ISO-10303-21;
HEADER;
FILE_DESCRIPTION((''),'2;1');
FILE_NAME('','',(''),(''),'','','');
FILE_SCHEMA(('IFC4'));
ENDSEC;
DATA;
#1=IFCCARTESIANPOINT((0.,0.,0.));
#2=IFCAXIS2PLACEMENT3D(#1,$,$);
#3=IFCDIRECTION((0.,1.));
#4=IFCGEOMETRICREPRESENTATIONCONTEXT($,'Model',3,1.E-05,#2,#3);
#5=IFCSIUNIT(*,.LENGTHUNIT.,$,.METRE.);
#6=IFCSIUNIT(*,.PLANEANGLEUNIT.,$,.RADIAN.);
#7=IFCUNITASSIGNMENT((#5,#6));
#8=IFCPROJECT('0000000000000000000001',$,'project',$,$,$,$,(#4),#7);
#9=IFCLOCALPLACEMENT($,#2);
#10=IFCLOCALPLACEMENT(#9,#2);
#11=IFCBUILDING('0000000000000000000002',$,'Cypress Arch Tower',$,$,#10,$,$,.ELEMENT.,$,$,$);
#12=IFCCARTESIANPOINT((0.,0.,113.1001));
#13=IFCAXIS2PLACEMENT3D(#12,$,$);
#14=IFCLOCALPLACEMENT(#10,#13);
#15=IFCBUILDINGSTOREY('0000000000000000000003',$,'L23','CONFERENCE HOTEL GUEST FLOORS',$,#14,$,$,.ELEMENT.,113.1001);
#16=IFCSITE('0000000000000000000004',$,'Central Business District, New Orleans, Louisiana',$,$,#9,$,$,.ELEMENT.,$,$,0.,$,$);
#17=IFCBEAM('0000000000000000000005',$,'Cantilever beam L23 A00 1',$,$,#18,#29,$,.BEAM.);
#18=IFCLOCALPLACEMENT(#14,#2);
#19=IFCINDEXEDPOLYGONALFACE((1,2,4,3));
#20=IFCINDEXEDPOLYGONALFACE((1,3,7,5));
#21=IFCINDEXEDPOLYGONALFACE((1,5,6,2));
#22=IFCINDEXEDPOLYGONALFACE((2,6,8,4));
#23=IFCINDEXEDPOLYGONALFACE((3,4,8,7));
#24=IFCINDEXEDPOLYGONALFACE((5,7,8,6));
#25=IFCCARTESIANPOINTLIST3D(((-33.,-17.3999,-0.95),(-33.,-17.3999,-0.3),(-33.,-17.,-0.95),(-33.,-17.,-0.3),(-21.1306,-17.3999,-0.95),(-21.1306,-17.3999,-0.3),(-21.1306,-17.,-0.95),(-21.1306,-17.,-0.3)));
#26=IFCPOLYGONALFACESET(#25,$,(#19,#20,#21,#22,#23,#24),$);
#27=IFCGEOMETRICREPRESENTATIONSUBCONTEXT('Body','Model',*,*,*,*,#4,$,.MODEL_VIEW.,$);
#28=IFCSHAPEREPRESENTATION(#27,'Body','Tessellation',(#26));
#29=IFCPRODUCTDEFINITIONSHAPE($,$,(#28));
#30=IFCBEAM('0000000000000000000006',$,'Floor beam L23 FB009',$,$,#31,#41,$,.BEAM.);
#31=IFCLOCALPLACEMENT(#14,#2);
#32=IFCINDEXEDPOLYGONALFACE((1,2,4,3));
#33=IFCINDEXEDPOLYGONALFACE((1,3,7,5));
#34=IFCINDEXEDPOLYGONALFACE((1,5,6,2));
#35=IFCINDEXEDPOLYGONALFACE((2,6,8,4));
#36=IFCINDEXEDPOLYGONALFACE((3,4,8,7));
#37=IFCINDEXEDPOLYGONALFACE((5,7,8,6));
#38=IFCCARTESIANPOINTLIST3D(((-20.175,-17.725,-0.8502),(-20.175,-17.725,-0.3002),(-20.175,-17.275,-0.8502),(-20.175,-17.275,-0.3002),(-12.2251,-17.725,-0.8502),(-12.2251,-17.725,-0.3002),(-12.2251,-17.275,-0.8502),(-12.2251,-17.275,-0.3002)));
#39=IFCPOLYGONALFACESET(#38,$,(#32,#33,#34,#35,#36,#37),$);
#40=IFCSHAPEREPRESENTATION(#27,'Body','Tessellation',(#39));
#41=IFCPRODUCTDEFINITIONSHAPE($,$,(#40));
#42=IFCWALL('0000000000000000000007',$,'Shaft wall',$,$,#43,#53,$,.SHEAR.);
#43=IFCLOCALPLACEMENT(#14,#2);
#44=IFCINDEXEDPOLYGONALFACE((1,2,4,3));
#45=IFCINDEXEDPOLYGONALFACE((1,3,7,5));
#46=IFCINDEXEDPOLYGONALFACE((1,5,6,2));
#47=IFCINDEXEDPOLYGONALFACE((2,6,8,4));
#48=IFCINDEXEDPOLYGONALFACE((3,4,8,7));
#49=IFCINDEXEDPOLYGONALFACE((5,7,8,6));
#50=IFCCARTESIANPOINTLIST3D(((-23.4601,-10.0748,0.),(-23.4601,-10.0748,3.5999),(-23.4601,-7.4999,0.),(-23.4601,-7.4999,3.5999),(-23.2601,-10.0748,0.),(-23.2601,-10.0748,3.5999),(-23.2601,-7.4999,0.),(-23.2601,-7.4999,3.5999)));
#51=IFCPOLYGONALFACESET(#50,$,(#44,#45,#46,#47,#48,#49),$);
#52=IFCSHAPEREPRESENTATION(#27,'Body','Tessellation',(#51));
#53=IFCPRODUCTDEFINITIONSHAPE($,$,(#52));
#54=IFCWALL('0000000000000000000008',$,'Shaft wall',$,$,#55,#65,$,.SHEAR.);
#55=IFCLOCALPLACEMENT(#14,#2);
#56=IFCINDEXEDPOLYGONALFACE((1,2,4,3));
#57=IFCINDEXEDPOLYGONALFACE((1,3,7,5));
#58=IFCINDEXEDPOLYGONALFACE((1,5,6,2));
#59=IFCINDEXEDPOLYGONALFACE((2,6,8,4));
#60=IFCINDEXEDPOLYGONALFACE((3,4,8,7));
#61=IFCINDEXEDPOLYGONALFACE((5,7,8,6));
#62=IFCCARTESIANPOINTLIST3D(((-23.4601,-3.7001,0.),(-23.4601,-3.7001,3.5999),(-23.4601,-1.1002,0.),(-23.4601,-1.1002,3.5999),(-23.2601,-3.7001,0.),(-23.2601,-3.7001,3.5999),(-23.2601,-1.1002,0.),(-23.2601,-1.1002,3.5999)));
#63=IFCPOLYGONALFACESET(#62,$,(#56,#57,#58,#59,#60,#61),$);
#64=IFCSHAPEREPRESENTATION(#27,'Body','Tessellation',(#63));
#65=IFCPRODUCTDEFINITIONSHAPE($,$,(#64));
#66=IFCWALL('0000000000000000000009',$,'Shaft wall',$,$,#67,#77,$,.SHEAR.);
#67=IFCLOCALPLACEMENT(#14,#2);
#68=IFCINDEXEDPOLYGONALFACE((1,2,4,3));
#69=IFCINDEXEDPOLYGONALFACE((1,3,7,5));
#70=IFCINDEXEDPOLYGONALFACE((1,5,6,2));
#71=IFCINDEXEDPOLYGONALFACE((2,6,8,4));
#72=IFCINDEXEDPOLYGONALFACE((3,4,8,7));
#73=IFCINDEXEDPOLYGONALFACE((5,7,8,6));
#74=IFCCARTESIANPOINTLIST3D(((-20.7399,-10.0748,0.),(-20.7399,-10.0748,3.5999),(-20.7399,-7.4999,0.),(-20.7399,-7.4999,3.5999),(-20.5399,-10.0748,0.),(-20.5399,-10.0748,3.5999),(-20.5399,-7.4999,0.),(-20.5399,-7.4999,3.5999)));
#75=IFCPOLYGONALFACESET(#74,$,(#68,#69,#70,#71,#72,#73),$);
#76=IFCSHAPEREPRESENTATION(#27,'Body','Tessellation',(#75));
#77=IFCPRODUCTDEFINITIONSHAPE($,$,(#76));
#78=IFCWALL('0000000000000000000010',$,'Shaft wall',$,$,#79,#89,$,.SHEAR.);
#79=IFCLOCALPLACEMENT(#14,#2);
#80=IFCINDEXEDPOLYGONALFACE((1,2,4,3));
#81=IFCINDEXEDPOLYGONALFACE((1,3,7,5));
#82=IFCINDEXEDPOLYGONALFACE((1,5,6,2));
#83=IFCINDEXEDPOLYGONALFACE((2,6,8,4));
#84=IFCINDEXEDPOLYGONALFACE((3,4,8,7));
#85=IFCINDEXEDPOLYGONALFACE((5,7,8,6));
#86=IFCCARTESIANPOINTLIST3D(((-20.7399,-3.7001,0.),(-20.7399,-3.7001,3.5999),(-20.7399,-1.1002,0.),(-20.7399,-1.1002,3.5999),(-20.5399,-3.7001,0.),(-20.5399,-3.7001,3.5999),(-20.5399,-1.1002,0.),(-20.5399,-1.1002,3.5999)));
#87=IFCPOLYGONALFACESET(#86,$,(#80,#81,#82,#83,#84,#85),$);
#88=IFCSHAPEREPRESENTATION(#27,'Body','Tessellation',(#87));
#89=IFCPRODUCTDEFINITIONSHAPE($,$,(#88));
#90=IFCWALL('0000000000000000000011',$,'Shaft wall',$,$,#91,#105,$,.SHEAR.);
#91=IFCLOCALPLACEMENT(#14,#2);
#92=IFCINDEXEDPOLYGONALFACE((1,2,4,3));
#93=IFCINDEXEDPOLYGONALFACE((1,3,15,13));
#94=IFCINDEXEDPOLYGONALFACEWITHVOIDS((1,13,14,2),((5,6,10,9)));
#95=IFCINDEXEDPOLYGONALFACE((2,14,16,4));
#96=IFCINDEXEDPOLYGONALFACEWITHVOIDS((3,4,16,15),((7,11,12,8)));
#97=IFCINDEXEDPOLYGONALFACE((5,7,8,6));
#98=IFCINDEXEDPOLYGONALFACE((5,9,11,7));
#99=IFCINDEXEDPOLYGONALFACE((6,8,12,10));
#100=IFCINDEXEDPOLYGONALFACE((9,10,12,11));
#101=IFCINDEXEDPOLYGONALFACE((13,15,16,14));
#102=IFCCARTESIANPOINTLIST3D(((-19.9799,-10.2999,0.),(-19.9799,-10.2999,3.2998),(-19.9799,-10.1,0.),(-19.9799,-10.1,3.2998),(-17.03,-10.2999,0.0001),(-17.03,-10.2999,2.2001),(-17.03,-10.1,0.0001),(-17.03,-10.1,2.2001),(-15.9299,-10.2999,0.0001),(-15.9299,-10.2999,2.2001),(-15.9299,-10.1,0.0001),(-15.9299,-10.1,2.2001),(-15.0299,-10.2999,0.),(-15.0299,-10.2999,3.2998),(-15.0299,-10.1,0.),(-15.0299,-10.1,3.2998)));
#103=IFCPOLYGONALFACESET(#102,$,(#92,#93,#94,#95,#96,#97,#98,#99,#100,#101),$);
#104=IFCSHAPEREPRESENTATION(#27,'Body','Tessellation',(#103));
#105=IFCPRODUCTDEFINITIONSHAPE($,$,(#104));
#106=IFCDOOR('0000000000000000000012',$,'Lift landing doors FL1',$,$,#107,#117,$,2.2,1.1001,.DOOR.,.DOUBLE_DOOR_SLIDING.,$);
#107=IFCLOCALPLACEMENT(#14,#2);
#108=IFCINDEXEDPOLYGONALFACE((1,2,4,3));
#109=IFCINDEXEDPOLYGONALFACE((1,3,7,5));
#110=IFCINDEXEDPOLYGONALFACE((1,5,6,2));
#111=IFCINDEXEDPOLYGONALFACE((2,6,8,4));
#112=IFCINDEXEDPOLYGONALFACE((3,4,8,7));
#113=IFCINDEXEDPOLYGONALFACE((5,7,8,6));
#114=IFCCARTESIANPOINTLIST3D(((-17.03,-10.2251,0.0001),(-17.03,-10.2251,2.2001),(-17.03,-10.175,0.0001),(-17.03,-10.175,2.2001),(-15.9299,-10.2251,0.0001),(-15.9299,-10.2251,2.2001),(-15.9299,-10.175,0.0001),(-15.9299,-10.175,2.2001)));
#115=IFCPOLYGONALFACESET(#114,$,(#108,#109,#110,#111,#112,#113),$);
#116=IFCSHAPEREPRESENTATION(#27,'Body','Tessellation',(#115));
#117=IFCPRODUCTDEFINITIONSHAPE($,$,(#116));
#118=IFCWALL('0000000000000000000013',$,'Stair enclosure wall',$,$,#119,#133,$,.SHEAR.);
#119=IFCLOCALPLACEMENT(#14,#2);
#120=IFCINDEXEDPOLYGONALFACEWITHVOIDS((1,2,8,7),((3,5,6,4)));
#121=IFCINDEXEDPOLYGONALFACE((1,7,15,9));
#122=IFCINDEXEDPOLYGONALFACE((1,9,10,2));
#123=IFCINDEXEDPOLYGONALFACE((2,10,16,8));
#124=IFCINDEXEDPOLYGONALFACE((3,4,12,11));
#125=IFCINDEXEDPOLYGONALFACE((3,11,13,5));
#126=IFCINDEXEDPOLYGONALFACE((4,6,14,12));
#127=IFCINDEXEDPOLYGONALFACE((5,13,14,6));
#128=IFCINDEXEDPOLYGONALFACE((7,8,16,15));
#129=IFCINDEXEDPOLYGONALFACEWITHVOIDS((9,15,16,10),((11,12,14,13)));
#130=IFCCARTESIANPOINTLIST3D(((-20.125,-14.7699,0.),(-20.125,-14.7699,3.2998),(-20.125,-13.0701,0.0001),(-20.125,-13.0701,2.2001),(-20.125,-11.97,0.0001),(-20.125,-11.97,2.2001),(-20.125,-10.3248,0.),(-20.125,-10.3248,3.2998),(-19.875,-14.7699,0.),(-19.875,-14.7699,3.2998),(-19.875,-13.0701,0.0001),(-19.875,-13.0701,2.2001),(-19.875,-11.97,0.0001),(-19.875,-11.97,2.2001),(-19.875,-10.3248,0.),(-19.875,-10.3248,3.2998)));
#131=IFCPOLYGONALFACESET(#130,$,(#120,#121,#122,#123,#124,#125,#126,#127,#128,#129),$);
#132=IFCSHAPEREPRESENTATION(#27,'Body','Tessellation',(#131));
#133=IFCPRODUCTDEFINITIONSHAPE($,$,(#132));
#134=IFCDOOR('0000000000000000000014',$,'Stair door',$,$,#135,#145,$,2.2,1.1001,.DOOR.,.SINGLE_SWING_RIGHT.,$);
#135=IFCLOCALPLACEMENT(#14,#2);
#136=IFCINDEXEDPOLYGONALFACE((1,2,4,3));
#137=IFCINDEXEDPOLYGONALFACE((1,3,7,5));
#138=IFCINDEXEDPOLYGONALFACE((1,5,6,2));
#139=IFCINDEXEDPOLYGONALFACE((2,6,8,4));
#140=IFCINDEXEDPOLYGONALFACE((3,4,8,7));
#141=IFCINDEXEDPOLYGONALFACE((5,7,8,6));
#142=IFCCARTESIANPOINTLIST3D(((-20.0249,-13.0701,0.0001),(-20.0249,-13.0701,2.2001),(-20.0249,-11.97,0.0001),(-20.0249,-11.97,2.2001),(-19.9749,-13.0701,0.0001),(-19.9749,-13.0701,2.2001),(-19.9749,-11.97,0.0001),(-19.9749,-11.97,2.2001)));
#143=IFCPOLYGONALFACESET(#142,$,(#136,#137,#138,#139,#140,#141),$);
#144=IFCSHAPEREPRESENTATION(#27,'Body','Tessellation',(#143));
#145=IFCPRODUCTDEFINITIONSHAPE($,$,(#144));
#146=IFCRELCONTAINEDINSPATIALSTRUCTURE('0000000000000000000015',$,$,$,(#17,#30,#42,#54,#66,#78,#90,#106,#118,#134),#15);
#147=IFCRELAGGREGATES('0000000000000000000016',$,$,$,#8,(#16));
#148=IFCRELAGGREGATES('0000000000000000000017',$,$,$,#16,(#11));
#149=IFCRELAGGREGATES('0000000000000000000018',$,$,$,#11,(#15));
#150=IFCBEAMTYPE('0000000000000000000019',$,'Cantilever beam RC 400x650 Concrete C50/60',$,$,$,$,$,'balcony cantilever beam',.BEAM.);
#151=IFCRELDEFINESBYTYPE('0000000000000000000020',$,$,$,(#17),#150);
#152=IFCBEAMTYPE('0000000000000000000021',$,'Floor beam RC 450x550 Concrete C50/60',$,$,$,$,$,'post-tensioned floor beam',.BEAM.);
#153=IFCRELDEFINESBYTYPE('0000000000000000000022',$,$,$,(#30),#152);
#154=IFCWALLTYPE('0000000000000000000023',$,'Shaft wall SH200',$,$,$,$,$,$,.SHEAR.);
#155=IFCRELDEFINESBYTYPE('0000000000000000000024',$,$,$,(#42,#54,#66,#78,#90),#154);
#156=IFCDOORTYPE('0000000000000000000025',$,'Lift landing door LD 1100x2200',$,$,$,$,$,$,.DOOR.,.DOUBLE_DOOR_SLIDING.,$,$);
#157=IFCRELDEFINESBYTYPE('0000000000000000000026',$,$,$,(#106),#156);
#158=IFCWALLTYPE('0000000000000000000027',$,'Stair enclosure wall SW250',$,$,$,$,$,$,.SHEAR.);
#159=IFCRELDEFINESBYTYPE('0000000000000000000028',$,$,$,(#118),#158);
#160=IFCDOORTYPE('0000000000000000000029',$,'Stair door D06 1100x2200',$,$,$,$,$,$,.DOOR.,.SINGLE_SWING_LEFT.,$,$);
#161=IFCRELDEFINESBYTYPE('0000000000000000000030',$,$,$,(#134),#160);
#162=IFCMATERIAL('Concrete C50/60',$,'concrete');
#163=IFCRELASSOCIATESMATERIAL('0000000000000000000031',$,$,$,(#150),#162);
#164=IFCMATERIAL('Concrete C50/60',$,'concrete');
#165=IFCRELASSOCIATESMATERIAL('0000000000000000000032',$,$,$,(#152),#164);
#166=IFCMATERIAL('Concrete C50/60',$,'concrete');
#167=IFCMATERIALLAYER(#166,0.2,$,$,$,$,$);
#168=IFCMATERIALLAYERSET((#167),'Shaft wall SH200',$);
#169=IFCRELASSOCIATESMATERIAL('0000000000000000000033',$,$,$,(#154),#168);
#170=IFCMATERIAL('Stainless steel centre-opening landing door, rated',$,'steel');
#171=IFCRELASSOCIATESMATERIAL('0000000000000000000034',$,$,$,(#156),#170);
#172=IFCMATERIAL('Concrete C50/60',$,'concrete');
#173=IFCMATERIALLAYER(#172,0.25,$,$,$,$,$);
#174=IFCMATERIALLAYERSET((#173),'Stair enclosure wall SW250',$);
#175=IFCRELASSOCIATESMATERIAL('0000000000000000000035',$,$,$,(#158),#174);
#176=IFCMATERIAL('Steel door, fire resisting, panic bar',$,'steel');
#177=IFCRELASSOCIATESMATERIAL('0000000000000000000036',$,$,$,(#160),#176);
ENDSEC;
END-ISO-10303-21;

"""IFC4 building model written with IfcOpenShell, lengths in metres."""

from ifc_helpers import new_model, si_unit, direction, frame, frame_2d, origin, origin_2d, place, context, subcontext, project, spatial, rectangle, extrude, material, layer, layer_set, material_profile, profile_set, type_object, element, fill, save


model = new_model("IFC4")

# Units and contexts
model_context = context("Model", 3, precision=1e-05, world=origin(), true_north=direction((0.0, 1.0)))
body_context = subcontext(model_context, "Body", "Model", "MODEL_VIEW")
ifc_project = project(units=[si_unit("LENGTHUNIT", "METRE"), si_unit("PLANEANGLEUNIT", "RADIAN")], contexts=[model_context])

# Site, building, storey
site_placement = place(None, origin())
site = spatial("IfcSite", under=ifc_project, at=site_placement, Name="Central Business District, New Orleans, Louisiana", CompositionType="ELEMENT", RefElevation=0.0)
building_placement = place(site_placement, origin())
building = spatial("IfcBuilding", under=site, at=building_placement, Name="Cypress Arch Tower", CompositionType="ELEMENT")
storey_placement = place(building_placement, frame((0.0, 0.0, 113.1001)))
storey = spatial("IfcBuildingStorey", under=building, at=storey_placement, Name="L23", Description="CONFERENCE HOTEL GUEST FLOORS", CompositionType="ELEMENT", Elevation=113.1001)

# Beams
ifc_material_1 = material(Name="Concrete C50/60", Category="concrete")
ifc_material_profile_1 = material_profile(ifc_material_1, rectangle(XDim=0.3999, YDim=0.6499, at=origin_2d()), Name="RC 400x650")
ifc_profile_set_1 = profile_set([ifc_material_profile_1], Name="Concrete C50/60")
beam_type_1 = type_object("IfcBeamType", Name="Cantilever beam RC 400x650 Concrete C50/60", ElementType="balcony cantilever beam", PredefinedType="BEAM", material=ifc_profile_set_1)
beam_1_placement = place(storey_placement, frame((-21.1306, -17.2, -0.625), z_axis=(-1.0, 0.0, 0.0), x_axis=(0.0, -1.0, 0.0)))
element("IfcBeam", 1, at=beam_1_placement, inside=storey, type_object=beam_type_1, Name="Cantilever beam L23 A00 1", PredefinedType="BEAM", context=body_context, shape_type="SweptSolid", body=[
    extrude(rectangle(XDim=0.3999, YDim=0.6499, at=origin_2d()), origin(), (0.0, 0.0, 1.0), 11.8694),
])
ifc_material_2 = material(Name="Concrete C50/60", Category="concrete")
ifc_material_profile_2 = material_profile(ifc_material_2, rectangle(XDim=0.45, YDim=0.55, at=origin_2d()), Name="RC 450x550")
ifc_profile_set_2 = profile_set([ifc_material_profile_2], Name="Concrete C50/60")
beam_type_2 = type_object("IfcBeamType", Name="Floor beam RC 450x550 Concrete C50/60", ElementType="post-tensioned floor beam", PredefinedType="BEAM", material=ifc_profile_set_2)
beam_2_placement = place(storey_placement, frame((-20.175, -17.5, -0.5752), z_axis=(1.0, 0.0, 0.0), x_axis=(0.0, 1.0, 0.0)))
element("IfcBeam", 2, at=beam_2_placement, inside=storey, type_object=beam_type_2, Name="Floor beam L23 FB009", PredefinedType="BEAM", context=body_context, shape_type="SweptSolid", body=[
    extrude(rectangle(XDim=0.45, YDim=0.55, at=origin_2d()), origin(), (0.0, 0.0, 1.0), 7.95),
])

# Walls
ifc_material_3 = material(Name="Concrete C50/60", Category="concrete")
ifc_layer_1 = layer(ifc_material_3, 0.2)
ifc_layer_set_1 = layer_set([ifc_layer_1], Name="Shaft wall SH200")
wall_type_1 = type_object("IfcWallType", Name="Shaft wall SH200", PredefinedType="SHEAR", material=ifc_layer_set_1)
wall_1_placement = place(storey_placement, frame((-23.3601, -10.075, 0.0), z_axis=(0.0, 0.0, 1.0), x_axis=(0.0, 1.0, 0.0)))
element("IfcWall", 3, at=wall_1_placement, inside=storey, type_object=wall_type_1, Name="Shaft wall", PredefinedType="SHEAR", context=body_context, shape_type="SweptSolid", body=[
    extrude(rectangle(XDim=2.575, YDim=0.2, at=frame_2d((1.2876, 0.0))), origin(), (0.0, 0.0, 1.0), 3.5999),
])
wall_2_placement = place(storey_placement, frame((-23.3601, -3.7, 0.0), z_axis=(0.0, 0.0, 1.0), x_axis=(0.0, 1.0, 0.0)))
element("IfcWall", 4, at=wall_2_placement, inside=storey, type_object=wall_type_1, Name="Shaft wall", PredefinedType="SHEAR", context=body_context, shape_type="SweptSolid", body=[
    extrude(rectangle(XDim=2.5999, YDim=0.2, at=frame_2d((1.2998, 0.0))), origin(), (0.0, 0.0, 1.0), 3.5999),
])
wall_3_placement = place(storey_placement, frame((-20.6399, -10.075, 0.0), z_axis=(0.0, 0.0, 1.0), x_axis=(0.0, 1.0, 0.0)))
element("IfcWall", 5, at=wall_3_placement, inside=storey, type_object=wall_type_1, Name="Shaft wall", PredefinedType="SHEAR", context=body_context, shape_type="SweptSolid", body=[
    extrude(rectangle(XDim=2.575, YDim=0.2, at=frame_2d((1.2876, 0.0))), origin(), (0.0, 0.0, 1.0), 3.5999),
])
wall_4_placement = place(storey_placement, frame((-20.6399, -3.7, 0.0), z_axis=(0.0, 0.0, 1.0), x_axis=(0.0, 1.0, 0.0)))
element("IfcWall", 6, at=wall_4_placement, inside=storey, type_object=wall_type_1, Name="Shaft wall", PredefinedType="SHEAR", context=body_context, shape_type="SweptSolid", body=[
    extrude(rectangle(XDim=2.5999, YDim=0.2, at=frame_2d((1.2998, 0.0))), origin(), (0.0, 0.0, 1.0), 3.5999),
])

# Walls, openings, doors
wall_5_placement = place(storey_placement, frame((-19.98, -10.2, 0.0), z_axis=(0.0, 0.0, 1.0), x_axis=(1.0, 0.0, 0.0)))
wall_5 = element("IfcWall", 7, at=wall_5_placement, inside=storey, type_object=wall_type_1, Name="Shaft wall", PredefinedType="SHEAR", context=body_context, shape_type="SweptSolid", body=[
    extrude(rectangle(XDim=4.95, YDim=0.2, at=frame_2d((2.4751, 0.0))), origin(), (0.0, 0.0, 1.0), 3.2998),
])
opening_1_placement = place(wall_5_placement, frame((2.95, 0.0, 0.0)))
opening_1 = element("IfcOpeningElement", 8, at=opening_1_placement, cuts=wall_5, PredefinedType="OPENING", context=body_context, shape_type="SweptSolid", body=[
    extrude(rectangle(XDim=1.1001, YDim=2.2, at=frame_2d((0.55, 1.1001))), frame((0.0, 0.1099, 0.0), z_axis=(0.0, -1.0, 0.0), x_axis=(1.0, 0.0, 0.0)), (0.0, 0.0, 1.0), 0.22),
])
ifc_material_4 = material(Name="Stainless steel centre-opening landing door, rated", Category="steel")
door_type_1 = type_object("IfcDoorType", Name="Lift landing door LD 1100x2200", OperationType="DOUBLE_DOOR_SLIDING", PredefinedType="DOOR", material=ifc_material_4)
door_1_placement = place(opening_1_placement, origin())
door_1 = element("IfcDoor", 9, at=door_1_placement, inside=storey, type_object=door_type_1, Name="Lift landing doors FL1", OperationType="DOUBLE_DOOR_SLIDING", OverallHeight=2.2, OverallWidth=1.1001, PredefinedType="DOOR", context=body_context, shape_type="SweptSolid", body=[
    extrude(rectangle(XDim=1.1001, YDim=2.2, at=frame_2d((0.55, 1.1001))), frame((0.0, 0.0249, 0.0), z_axis=(0.0, -1.0, 0.0), x_axis=(1.0, 0.0, 0.0)), (0.0, 0.0, 1.0), 0.05),
])
fill(opening_1, door_1)
ifc_material_5 = material(Name="Concrete C50/60", Category="concrete")
ifc_layer_2 = layer(ifc_material_5, 0.25)
ifc_layer_set_2 = layer_set([ifc_layer_2], Name="Stair enclosure wall SW250")
wall_type_2 = type_object("IfcWallType", Name="Stair enclosure wall SW250", PredefinedType="SHEAR", material=ifc_layer_set_2)
wall_6_placement = place(storey_placement, frame((-20.0, -14.77, 0.0), z_axis=(0.0, 0.0, 1.0), x_axis=(0.0, 1.0, 0.0)))
wall_6 = element("IfcWall", 10, at=wall_6_placement, inside=storey, type_object=wall_type_2, Name="Stair enclosure wall", PredefinedType="SHEAR", context=body_context, shape_type="SweptSolid", body=[
    extrude(rectangle(XDim=4.4451, YDim=0.25, at=frame_2d((2.2227, 0.0))), origin(), (0.0, 0.0, 1.0), 3.2998),
])
opening_2_placement = place(wall_6_placement, frame((1.7, 0.0, 0.0)))
opening_2 = element("IfcOpeningElement", 11, at=opening_2_placement, cuts=wall_6, PredefinedType="OPENING", context=body_context, shape_type="SweptSolid", body=[
    extrude(rectangle(XDim=1.1001, YDim=2.2, at=frame_2d((0.55, 1.1001))), frame((0.0, 0.135, 0.0), z_axis=(0.0, -1.0, 0.0), x_axis=(1.0, 0.0, 0.0)), (0.0, 0.0, 1.0), 0.27),
])
ifc_material_6 = material(Name="Steel door, fire resisting, panic bar", Category="steel")
door_type_2 = type_object("IfcDoorType", Name="Stair door D06 1100x2200", OperationType="SINGLE_SWING_LEFT", PredefinedType="DOOR", material=ifc_material_6)
door_2_placement = place(opening_2_placement, origin())
door_2 = element("IfcDoor", 12, at=door_2_placement, inside=storey, type_object=door_type_2, Name="Stair door", OperationType="SINGLE_SWING_RIGHT", OverallHeight=2.2, OverallWidth=1.1001, PredefinedType="DOOR", context=body_context, shape_type="SweptSolid", body=[
    extrude(rectangle(XDim=1.1001, YDim=2.2, at=frame_2d((0.55, 1.1001))), frame((0.0, 0.0249, 0.0), z_axis=(0.0, -1.0, 0.0), x_axis=(1.0, 0.0, 0.0)), (0.0, 0.0, 1.0), 0.05),
])
fill(opening_2, door_2)

save(model, "model.ifc")
